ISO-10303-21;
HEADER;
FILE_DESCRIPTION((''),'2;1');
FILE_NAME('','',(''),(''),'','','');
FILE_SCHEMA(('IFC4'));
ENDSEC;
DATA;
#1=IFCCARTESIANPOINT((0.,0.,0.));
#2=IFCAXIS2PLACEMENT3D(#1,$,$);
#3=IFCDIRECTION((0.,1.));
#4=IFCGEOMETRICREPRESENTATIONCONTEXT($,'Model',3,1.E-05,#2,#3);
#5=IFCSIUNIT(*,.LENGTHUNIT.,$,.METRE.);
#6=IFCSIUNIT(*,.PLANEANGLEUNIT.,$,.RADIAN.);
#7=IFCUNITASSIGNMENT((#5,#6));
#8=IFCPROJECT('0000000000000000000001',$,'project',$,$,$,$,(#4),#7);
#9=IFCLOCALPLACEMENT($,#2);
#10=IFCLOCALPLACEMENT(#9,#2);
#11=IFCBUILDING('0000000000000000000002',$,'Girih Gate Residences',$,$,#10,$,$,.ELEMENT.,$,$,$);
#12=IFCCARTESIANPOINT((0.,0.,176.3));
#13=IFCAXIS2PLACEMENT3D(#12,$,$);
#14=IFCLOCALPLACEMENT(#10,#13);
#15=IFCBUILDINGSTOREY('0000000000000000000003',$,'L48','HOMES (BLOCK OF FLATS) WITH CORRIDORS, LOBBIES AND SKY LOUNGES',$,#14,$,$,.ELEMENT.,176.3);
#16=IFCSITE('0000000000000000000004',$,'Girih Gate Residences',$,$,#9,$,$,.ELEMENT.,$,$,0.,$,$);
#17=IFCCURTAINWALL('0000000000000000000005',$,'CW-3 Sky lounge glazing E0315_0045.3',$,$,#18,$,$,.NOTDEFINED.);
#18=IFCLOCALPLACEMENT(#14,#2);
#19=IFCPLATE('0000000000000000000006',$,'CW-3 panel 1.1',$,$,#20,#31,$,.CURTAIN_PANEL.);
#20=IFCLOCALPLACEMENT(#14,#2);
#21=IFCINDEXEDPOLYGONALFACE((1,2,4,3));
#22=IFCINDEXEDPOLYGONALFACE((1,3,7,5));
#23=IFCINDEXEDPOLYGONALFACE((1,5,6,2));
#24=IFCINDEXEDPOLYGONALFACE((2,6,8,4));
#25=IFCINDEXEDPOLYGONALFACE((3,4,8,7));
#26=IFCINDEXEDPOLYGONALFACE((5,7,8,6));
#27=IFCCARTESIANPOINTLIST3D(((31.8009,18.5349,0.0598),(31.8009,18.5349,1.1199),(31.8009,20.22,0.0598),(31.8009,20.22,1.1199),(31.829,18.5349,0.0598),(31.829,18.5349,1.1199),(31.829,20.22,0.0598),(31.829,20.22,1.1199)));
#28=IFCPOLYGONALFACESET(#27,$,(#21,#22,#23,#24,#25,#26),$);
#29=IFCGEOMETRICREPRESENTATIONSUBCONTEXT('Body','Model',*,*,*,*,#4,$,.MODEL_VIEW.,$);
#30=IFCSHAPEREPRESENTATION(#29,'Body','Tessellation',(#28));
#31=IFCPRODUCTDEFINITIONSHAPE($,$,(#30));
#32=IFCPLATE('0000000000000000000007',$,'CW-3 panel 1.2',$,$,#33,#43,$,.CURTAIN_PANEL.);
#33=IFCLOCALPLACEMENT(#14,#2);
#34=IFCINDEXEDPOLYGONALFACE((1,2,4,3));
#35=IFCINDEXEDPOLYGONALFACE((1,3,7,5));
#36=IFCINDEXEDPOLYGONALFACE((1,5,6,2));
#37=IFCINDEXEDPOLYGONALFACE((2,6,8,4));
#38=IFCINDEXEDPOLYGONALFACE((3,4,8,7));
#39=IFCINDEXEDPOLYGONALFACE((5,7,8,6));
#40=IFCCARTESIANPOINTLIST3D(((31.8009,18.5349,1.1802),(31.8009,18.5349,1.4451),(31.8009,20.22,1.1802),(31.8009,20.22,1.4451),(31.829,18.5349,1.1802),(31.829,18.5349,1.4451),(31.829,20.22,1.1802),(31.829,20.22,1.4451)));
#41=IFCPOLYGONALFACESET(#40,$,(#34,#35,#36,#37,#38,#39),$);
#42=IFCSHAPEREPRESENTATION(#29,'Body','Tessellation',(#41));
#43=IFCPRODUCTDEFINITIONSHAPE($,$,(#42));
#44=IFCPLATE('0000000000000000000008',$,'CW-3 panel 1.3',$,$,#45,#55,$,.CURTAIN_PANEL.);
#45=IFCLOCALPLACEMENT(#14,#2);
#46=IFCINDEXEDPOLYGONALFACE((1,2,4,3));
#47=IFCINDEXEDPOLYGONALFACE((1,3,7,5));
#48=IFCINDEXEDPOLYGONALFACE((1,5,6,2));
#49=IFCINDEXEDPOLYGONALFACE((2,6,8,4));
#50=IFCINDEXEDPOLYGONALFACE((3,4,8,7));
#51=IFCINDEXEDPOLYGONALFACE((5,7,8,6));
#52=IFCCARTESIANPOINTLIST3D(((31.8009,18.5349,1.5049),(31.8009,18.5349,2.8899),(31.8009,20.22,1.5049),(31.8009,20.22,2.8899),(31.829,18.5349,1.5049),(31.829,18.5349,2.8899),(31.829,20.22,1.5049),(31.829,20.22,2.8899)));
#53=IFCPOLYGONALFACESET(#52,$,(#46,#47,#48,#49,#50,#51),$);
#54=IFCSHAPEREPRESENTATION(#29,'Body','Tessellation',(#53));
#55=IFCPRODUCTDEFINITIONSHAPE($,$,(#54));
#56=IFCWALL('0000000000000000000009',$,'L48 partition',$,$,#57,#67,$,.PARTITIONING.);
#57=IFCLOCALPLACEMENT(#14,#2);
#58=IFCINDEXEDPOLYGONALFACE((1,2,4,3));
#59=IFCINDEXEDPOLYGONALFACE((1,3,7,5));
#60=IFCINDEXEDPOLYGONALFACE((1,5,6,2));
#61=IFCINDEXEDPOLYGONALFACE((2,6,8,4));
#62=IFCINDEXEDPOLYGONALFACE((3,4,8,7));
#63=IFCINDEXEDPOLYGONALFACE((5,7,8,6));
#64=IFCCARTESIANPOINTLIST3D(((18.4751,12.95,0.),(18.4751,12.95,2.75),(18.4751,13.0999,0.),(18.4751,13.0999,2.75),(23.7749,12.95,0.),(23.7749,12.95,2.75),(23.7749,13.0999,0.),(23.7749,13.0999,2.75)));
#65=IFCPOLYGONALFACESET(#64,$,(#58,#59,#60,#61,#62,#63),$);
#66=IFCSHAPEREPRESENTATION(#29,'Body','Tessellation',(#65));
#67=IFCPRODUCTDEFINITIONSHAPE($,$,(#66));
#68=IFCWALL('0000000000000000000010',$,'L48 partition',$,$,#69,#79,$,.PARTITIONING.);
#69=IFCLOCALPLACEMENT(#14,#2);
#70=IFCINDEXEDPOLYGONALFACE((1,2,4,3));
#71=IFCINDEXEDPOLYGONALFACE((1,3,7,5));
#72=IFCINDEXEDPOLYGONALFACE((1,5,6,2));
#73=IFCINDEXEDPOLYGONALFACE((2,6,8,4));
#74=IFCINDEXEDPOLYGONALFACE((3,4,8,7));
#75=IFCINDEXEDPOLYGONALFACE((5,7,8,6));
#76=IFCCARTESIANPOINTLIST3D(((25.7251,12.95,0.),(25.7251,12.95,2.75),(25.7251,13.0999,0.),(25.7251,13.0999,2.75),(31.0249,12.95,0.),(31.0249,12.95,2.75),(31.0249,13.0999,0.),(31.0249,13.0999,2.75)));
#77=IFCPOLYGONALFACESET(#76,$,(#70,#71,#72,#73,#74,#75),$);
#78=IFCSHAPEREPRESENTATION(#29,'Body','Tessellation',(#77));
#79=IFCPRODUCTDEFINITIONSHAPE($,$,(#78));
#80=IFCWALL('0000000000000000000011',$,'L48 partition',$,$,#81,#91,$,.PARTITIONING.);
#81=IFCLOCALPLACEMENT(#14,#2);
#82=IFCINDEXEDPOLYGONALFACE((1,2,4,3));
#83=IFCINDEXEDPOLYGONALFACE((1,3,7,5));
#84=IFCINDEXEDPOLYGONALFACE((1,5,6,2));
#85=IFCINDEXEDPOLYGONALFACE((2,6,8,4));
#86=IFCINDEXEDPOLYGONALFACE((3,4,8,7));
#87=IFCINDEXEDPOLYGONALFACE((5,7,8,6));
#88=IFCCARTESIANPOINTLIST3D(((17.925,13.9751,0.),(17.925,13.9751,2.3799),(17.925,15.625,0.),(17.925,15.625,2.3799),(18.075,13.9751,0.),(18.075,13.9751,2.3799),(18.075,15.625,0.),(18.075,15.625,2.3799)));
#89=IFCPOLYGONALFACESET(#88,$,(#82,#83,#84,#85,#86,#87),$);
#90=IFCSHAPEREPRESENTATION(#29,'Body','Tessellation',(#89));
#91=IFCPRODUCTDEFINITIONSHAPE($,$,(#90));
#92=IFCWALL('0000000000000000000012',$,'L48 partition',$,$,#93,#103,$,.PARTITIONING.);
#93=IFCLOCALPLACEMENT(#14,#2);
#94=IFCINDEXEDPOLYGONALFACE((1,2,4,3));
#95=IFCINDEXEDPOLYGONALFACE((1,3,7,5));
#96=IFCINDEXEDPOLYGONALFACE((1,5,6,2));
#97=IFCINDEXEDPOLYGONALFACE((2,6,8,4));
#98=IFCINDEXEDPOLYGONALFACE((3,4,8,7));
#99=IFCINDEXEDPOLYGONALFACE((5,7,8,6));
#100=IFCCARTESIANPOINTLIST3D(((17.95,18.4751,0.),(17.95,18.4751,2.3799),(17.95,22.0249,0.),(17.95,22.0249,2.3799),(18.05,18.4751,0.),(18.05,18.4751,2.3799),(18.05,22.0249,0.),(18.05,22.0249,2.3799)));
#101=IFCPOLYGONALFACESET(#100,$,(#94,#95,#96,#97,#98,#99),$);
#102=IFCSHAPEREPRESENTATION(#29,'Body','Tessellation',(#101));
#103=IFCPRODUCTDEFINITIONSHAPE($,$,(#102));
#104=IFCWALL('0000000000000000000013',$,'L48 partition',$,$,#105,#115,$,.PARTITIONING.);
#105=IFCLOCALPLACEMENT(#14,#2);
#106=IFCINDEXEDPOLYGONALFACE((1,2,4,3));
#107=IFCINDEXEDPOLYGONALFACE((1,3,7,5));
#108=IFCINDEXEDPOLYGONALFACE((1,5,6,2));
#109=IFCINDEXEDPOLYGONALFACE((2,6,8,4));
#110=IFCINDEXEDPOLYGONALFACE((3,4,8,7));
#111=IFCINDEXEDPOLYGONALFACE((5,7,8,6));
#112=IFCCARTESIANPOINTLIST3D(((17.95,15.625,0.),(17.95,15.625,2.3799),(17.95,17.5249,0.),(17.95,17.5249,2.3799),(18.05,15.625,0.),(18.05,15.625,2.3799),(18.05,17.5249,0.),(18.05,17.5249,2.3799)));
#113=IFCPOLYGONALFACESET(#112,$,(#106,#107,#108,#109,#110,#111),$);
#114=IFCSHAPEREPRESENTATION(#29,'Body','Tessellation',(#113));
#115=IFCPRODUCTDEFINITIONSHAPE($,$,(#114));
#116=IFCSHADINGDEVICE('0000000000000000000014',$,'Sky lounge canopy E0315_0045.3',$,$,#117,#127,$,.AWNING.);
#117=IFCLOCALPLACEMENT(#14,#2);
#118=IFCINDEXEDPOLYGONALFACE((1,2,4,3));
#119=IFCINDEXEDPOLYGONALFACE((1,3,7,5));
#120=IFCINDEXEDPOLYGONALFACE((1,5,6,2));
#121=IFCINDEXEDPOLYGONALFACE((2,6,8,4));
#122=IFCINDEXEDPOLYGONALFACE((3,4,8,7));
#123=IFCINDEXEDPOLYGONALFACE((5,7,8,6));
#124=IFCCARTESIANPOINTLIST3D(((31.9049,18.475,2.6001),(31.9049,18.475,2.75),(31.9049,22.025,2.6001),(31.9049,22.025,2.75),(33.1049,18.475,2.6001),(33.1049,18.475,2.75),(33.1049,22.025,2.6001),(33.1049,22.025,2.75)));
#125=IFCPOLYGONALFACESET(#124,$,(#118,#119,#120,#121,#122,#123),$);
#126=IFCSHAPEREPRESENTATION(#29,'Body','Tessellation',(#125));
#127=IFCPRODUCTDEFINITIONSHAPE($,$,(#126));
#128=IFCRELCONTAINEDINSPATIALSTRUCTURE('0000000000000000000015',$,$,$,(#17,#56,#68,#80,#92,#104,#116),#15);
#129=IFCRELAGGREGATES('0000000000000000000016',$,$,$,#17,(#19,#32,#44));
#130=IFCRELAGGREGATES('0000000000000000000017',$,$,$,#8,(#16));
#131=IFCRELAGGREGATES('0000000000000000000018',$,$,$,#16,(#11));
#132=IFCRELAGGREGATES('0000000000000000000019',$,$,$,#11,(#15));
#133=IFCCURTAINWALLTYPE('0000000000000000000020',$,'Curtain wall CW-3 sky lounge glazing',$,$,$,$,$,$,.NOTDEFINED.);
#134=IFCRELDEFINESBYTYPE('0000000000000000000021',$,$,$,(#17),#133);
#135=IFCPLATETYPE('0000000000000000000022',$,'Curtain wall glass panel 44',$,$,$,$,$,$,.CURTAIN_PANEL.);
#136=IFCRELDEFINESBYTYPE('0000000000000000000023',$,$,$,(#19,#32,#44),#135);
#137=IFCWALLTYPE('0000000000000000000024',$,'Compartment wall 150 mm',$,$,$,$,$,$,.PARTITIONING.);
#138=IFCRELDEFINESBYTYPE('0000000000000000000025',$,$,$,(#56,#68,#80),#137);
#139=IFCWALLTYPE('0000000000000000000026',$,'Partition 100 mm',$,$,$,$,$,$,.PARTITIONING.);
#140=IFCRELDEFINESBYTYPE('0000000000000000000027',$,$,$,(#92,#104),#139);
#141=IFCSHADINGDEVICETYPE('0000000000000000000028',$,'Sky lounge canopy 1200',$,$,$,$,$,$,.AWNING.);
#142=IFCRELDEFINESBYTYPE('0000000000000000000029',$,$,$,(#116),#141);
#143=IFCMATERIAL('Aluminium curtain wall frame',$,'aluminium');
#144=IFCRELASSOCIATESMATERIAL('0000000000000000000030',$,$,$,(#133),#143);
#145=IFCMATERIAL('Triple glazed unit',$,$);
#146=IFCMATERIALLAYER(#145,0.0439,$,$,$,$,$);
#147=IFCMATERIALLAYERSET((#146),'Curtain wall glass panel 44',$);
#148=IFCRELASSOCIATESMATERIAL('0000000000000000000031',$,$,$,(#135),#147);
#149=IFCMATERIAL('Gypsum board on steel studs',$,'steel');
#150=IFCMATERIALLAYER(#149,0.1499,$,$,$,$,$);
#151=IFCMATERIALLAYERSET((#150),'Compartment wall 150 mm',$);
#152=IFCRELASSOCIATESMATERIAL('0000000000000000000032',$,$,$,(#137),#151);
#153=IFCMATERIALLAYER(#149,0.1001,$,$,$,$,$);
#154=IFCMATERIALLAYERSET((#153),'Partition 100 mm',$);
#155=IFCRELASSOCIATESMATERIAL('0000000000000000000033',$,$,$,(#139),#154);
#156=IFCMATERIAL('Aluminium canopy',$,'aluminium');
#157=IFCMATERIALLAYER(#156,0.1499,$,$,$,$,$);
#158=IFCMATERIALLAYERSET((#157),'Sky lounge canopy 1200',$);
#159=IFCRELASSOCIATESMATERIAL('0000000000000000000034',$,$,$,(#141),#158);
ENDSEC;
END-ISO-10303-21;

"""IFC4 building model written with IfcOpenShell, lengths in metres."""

from ifc_helpers import new_model, si_unit, direction, frame, frame_2d, origin, origin_2d, place, context, subcontext, project, spatial, rectangle, extrude, material, layer, layer_set, type_object, element, aggregate, save


model = new_model("IFC4")

# Units and contexts
model_context = context("Model", 3, precision=1e-05, world=origin(), true_north=direction((0.0, 1.0)))
body_context = subcontext(model_context, "Body", "Model", "MODEL_VIEW")
ifc_project = project(units=[si_unit("LENGTHUNIT", "METRE"), si_unit("PLANEANGLEUNIT", "RADIAN")], contexts=[model_context])

# Site, building, storey
site_placement = place(None, origin())
site = spatial("IfcSite", under=ifc_project, at=site_placement, Name="Girih Gate Residences", CompositionType="ELEMENT", RefElevation=0.0)
building_placement = place(site_placement, origin())
building = spatial("IfcBuilding", under=site, at=building_placement, Name="Girih Gate Residences", CompositionType="ELEMENT")
storey_placement = place(building_placement, frame((0.0, 0.0, 176.3)))
storey = spatial("IfcBuildingStorey", under=building, at=storey_placement, Name="L48", Description="HOMES (BLOCK OF FLATS) WITH CORRIDORS, LOBBIES AND SKY LOUNGES", CompositionType="ELEMENT", Elevation=176.3)

# Curtain wall
ifc_material_1 = material(Name="Aluminium curtain wall frame", Category="aluminium")
curtain_wall_type = type_object("IfcCurtainWallType", Name="Curtain wall CW-3 sky lounge glazing", PredefinedType="NOTDEFINED", material=ifc_material_1)
curtain_wall_placement = place(storey_placement, origin())
curtain_wall = element("IfcCurtainWall", 1, at=curtain_wall_placement, inside=storey, type_object=curtain_wall_type, Name="CW-3 Sky lounge glazing E0315_0045.3", PredefinedType="NOTDEFINED")

# Plates
ifc_material_2 = material(Name="Triple glazed unit")
ifc_layer_1 = layer(ifc_material_2, 0.0439)
ifc_layer_set_1 = layer_set([ifc_layer_1], Name="Curtain wall glass panel 44")
plate_type = type_object("IfcPlateType", Name="Curtain wall glass panel 44", PredefinedType="CURTAIN_PANEL", material=ifc_layer_set_1)
plate_1_placement = place(storey_placement, frame((31.8149, 19.3774, 0.0598), z_axis=(0.0, 0.0, 1.0), x_axis=(0.0, 1.0, 0.0)))
plate_1 = element("IfcPlate", 2, at=plate_1_placement, type_object=plate_type, Name="CW-3 panel 1.1", PredefinedType="CURTAIN_PANEL", context=body_context, shape_type="SweptSolid", body=[
    extrude(rectangle(XDim=1.6851, YDim=0.0281, at=origin_2d()), origin(), (0.0, 0.0, 1.0), 1.0601),
])
plate_2_placement = place(storey_placement, frame((31.8149, 19.3774, 1.1802), z_axis=(0.0, 0.0, 1.0), x_axis=(0.0, 1.0, 0.0)))
plate_2 = element("IfcPlate", 3, at=plate_2_placement, type_object=plate_type, Name="CW-3 panel 1.2", PredefinedType="CURTAIN_PANEL", context=body_context, shape_type="SweptSolid", body=[
    extrude(rectangle(XDim=1.6851, YDim=0.0281, at=origin_2d()), origin(), (0.0, 0.0, 1.0), 0.2649),
])
plate_3_placement = place(storey_placement, frame((31.8149, 19.3774, 1.5049), z_axis=(0.0, 0.0, 1.0), x_axis=(0.0, 1.0, 0.0)))
plate_3 = element("IfcPlate", 4, at=plate_3_placement, type_object=plate_type, Name="CW-3 panel 1.3", PredefinedType="CURTAIN_PANEL", context=body_context, shape_type="SweptSolid", body=[
    extrude(rectangle(XDim=1.6851, YDim=0.0281, at=origin_2d()), origin(), (0.0, 0.0, 1.0), 1.385),
])
aggregate(curtain_wall, [plate_1, plate_2, plate_3])

# Walls
ifc_material_3 = material(Name="Gypsum board on steel studs", Category="steel")
ifc_layer_2 = layer(ifc_material_3, 0.1499)
ifc_layer_set_2 = layer_set([ifc_layer_2], Name="Compartment wall 150 mm")
wall_type_1 = type_object("IfcWallType", Name="Compartment wall 150 mm", PredefinedType="PARTITIONING", material=ifc_layer_set_2)
for number, where, z_axis, x_axis, name in (
    (5, (18.4751, 13.0249, 0.0), (0.0, 0.0, 1.0), (1.0, 0.0, 0.0), "L48 partition"),
    (6, (25.7251, 13.0249, 0.0), (0.0, 0.0, 1.0), (1.0, 0.0, 0.0), "L48 partition"),
):
    element("IfcWall", number, at=place(storey_placement, frame(where, z_axis=z_axis, x_axis=x_axis)), inside=storey, type_object=wall_type_1, Name=name, PredefinedType="PARTITIONING", context=body_context, shape_type="SweptSolid", body=[
        extrude(rectangle(XDim=5.2998, YDim=0.1499, at=frame_2d((2.6499, 0.0))), origin(), (0.0, 0.0, 1.0), 2.75),
    ])
wall_1_placement = place(storey_placement, frame((18.0, 13.9751, 0.0), z_axis=(0.0, 0.0, 1.0), x_axis=(0.0, 1.0, 0.0)))
element("IfcWall", 7, at=wall_1_placement, inside=storey, type_object=wall_type_1, Name="L48 partition", PredefinedType="PARTITIONING", context=body_context, shape_type="SweptSolid", body=[
    extrude(rectangle(XDim=1.6499, YDim=0.1499, at=frame_2d((0.825, 0.0))), origin(), (0.0, 0.0, 1.0), 2.3799),
])
ifc_layer_3 = layer(ifc_material_3, 0.1001)
ifc_layer_set_3 = layer_set([ifc_layer_3], Name="Partition 100 mm")
wall_type_2 = type_object("IfcWallType", Name="Partition 100 mm", PredefinedType="PARTITIONING", material=ifc_layer_set_3)
wall_2_placement = place(storey_placement, frame((18.0, 18.4751, 0.0), z_axis=(0.0, 0.0, 1.0), x_axis=(0.0, 1.0, 0.0)))
element("IfcWall", 8, at=wall_2_placement, inside=storey, type_object=wall_type_2, Name="L48 partition", PredefinedType="PARTITIONING", context=body_context, shape_type="SweptSolid", body=[
    extrude(rectangle(XDim=3.5498, YDim=0.1001, at=frame_2d((1.7749, 0.0))), origin(), (0.0, 0.0, 1.0), 2.3799),
])
wall_3_placement = place(storey_placement, frame((18.0, 15.625, 0.0), z_axis=(0.0, 0.0, 1.0), x_axis=(0.0, 1.0, 0.0)))
element("IfcWall", 9, at=wall_3_placement, inside=storey, type_object=wall_type_2, Name="L48 partition", PredefinedType="PARTITIONING", context=body_context, shape_type="SweptSolid", body=[
    extrude(rectangle(XDim=1.8999, YDim=0.1001, at=frame_2d((0.95, 0.0))), origin(), (0.0, 0.0, 1.0), 2.3799),
])

# Shading device
ifc_material_4 = material(Name="Aluminium canopy", Category="aluminium")
ifc_layer_4 = layer(ifc_material_4, 0.1499)
ifc_layer_set_4 = layer_set([ifc_layer_4], Name="Sky lounge canopy 1200")
shading_device_type = type_object("IfcShadingDeviceType", Name="Sky lounge canopy 1200", PredefinedType="AWNING", material=ifc_layer_set_4)
shading_device_placement = place(storey_placement, frame((32.5049, 20.25, 2.6001), z_axis=(0.0, 0.0, 1.0), x_axis=(0.0, 1.0, 0.0)))
element("IfcShadingDevice", 10, at=shading_device_placement, inside=storey, type_object=shading_device_type, Name="Sky lounge canopy E0315_0045.3", PredefinedType="AWNING", context=body_context, shape_type="SweptSolid", body=[
    extrude(rectangle(XDim=3.55, YDim=1.2, at=origin_2d()), origin(), (0.0, 0.0, 1.0), 0.1499),
])

save(model, "model.ifc")
